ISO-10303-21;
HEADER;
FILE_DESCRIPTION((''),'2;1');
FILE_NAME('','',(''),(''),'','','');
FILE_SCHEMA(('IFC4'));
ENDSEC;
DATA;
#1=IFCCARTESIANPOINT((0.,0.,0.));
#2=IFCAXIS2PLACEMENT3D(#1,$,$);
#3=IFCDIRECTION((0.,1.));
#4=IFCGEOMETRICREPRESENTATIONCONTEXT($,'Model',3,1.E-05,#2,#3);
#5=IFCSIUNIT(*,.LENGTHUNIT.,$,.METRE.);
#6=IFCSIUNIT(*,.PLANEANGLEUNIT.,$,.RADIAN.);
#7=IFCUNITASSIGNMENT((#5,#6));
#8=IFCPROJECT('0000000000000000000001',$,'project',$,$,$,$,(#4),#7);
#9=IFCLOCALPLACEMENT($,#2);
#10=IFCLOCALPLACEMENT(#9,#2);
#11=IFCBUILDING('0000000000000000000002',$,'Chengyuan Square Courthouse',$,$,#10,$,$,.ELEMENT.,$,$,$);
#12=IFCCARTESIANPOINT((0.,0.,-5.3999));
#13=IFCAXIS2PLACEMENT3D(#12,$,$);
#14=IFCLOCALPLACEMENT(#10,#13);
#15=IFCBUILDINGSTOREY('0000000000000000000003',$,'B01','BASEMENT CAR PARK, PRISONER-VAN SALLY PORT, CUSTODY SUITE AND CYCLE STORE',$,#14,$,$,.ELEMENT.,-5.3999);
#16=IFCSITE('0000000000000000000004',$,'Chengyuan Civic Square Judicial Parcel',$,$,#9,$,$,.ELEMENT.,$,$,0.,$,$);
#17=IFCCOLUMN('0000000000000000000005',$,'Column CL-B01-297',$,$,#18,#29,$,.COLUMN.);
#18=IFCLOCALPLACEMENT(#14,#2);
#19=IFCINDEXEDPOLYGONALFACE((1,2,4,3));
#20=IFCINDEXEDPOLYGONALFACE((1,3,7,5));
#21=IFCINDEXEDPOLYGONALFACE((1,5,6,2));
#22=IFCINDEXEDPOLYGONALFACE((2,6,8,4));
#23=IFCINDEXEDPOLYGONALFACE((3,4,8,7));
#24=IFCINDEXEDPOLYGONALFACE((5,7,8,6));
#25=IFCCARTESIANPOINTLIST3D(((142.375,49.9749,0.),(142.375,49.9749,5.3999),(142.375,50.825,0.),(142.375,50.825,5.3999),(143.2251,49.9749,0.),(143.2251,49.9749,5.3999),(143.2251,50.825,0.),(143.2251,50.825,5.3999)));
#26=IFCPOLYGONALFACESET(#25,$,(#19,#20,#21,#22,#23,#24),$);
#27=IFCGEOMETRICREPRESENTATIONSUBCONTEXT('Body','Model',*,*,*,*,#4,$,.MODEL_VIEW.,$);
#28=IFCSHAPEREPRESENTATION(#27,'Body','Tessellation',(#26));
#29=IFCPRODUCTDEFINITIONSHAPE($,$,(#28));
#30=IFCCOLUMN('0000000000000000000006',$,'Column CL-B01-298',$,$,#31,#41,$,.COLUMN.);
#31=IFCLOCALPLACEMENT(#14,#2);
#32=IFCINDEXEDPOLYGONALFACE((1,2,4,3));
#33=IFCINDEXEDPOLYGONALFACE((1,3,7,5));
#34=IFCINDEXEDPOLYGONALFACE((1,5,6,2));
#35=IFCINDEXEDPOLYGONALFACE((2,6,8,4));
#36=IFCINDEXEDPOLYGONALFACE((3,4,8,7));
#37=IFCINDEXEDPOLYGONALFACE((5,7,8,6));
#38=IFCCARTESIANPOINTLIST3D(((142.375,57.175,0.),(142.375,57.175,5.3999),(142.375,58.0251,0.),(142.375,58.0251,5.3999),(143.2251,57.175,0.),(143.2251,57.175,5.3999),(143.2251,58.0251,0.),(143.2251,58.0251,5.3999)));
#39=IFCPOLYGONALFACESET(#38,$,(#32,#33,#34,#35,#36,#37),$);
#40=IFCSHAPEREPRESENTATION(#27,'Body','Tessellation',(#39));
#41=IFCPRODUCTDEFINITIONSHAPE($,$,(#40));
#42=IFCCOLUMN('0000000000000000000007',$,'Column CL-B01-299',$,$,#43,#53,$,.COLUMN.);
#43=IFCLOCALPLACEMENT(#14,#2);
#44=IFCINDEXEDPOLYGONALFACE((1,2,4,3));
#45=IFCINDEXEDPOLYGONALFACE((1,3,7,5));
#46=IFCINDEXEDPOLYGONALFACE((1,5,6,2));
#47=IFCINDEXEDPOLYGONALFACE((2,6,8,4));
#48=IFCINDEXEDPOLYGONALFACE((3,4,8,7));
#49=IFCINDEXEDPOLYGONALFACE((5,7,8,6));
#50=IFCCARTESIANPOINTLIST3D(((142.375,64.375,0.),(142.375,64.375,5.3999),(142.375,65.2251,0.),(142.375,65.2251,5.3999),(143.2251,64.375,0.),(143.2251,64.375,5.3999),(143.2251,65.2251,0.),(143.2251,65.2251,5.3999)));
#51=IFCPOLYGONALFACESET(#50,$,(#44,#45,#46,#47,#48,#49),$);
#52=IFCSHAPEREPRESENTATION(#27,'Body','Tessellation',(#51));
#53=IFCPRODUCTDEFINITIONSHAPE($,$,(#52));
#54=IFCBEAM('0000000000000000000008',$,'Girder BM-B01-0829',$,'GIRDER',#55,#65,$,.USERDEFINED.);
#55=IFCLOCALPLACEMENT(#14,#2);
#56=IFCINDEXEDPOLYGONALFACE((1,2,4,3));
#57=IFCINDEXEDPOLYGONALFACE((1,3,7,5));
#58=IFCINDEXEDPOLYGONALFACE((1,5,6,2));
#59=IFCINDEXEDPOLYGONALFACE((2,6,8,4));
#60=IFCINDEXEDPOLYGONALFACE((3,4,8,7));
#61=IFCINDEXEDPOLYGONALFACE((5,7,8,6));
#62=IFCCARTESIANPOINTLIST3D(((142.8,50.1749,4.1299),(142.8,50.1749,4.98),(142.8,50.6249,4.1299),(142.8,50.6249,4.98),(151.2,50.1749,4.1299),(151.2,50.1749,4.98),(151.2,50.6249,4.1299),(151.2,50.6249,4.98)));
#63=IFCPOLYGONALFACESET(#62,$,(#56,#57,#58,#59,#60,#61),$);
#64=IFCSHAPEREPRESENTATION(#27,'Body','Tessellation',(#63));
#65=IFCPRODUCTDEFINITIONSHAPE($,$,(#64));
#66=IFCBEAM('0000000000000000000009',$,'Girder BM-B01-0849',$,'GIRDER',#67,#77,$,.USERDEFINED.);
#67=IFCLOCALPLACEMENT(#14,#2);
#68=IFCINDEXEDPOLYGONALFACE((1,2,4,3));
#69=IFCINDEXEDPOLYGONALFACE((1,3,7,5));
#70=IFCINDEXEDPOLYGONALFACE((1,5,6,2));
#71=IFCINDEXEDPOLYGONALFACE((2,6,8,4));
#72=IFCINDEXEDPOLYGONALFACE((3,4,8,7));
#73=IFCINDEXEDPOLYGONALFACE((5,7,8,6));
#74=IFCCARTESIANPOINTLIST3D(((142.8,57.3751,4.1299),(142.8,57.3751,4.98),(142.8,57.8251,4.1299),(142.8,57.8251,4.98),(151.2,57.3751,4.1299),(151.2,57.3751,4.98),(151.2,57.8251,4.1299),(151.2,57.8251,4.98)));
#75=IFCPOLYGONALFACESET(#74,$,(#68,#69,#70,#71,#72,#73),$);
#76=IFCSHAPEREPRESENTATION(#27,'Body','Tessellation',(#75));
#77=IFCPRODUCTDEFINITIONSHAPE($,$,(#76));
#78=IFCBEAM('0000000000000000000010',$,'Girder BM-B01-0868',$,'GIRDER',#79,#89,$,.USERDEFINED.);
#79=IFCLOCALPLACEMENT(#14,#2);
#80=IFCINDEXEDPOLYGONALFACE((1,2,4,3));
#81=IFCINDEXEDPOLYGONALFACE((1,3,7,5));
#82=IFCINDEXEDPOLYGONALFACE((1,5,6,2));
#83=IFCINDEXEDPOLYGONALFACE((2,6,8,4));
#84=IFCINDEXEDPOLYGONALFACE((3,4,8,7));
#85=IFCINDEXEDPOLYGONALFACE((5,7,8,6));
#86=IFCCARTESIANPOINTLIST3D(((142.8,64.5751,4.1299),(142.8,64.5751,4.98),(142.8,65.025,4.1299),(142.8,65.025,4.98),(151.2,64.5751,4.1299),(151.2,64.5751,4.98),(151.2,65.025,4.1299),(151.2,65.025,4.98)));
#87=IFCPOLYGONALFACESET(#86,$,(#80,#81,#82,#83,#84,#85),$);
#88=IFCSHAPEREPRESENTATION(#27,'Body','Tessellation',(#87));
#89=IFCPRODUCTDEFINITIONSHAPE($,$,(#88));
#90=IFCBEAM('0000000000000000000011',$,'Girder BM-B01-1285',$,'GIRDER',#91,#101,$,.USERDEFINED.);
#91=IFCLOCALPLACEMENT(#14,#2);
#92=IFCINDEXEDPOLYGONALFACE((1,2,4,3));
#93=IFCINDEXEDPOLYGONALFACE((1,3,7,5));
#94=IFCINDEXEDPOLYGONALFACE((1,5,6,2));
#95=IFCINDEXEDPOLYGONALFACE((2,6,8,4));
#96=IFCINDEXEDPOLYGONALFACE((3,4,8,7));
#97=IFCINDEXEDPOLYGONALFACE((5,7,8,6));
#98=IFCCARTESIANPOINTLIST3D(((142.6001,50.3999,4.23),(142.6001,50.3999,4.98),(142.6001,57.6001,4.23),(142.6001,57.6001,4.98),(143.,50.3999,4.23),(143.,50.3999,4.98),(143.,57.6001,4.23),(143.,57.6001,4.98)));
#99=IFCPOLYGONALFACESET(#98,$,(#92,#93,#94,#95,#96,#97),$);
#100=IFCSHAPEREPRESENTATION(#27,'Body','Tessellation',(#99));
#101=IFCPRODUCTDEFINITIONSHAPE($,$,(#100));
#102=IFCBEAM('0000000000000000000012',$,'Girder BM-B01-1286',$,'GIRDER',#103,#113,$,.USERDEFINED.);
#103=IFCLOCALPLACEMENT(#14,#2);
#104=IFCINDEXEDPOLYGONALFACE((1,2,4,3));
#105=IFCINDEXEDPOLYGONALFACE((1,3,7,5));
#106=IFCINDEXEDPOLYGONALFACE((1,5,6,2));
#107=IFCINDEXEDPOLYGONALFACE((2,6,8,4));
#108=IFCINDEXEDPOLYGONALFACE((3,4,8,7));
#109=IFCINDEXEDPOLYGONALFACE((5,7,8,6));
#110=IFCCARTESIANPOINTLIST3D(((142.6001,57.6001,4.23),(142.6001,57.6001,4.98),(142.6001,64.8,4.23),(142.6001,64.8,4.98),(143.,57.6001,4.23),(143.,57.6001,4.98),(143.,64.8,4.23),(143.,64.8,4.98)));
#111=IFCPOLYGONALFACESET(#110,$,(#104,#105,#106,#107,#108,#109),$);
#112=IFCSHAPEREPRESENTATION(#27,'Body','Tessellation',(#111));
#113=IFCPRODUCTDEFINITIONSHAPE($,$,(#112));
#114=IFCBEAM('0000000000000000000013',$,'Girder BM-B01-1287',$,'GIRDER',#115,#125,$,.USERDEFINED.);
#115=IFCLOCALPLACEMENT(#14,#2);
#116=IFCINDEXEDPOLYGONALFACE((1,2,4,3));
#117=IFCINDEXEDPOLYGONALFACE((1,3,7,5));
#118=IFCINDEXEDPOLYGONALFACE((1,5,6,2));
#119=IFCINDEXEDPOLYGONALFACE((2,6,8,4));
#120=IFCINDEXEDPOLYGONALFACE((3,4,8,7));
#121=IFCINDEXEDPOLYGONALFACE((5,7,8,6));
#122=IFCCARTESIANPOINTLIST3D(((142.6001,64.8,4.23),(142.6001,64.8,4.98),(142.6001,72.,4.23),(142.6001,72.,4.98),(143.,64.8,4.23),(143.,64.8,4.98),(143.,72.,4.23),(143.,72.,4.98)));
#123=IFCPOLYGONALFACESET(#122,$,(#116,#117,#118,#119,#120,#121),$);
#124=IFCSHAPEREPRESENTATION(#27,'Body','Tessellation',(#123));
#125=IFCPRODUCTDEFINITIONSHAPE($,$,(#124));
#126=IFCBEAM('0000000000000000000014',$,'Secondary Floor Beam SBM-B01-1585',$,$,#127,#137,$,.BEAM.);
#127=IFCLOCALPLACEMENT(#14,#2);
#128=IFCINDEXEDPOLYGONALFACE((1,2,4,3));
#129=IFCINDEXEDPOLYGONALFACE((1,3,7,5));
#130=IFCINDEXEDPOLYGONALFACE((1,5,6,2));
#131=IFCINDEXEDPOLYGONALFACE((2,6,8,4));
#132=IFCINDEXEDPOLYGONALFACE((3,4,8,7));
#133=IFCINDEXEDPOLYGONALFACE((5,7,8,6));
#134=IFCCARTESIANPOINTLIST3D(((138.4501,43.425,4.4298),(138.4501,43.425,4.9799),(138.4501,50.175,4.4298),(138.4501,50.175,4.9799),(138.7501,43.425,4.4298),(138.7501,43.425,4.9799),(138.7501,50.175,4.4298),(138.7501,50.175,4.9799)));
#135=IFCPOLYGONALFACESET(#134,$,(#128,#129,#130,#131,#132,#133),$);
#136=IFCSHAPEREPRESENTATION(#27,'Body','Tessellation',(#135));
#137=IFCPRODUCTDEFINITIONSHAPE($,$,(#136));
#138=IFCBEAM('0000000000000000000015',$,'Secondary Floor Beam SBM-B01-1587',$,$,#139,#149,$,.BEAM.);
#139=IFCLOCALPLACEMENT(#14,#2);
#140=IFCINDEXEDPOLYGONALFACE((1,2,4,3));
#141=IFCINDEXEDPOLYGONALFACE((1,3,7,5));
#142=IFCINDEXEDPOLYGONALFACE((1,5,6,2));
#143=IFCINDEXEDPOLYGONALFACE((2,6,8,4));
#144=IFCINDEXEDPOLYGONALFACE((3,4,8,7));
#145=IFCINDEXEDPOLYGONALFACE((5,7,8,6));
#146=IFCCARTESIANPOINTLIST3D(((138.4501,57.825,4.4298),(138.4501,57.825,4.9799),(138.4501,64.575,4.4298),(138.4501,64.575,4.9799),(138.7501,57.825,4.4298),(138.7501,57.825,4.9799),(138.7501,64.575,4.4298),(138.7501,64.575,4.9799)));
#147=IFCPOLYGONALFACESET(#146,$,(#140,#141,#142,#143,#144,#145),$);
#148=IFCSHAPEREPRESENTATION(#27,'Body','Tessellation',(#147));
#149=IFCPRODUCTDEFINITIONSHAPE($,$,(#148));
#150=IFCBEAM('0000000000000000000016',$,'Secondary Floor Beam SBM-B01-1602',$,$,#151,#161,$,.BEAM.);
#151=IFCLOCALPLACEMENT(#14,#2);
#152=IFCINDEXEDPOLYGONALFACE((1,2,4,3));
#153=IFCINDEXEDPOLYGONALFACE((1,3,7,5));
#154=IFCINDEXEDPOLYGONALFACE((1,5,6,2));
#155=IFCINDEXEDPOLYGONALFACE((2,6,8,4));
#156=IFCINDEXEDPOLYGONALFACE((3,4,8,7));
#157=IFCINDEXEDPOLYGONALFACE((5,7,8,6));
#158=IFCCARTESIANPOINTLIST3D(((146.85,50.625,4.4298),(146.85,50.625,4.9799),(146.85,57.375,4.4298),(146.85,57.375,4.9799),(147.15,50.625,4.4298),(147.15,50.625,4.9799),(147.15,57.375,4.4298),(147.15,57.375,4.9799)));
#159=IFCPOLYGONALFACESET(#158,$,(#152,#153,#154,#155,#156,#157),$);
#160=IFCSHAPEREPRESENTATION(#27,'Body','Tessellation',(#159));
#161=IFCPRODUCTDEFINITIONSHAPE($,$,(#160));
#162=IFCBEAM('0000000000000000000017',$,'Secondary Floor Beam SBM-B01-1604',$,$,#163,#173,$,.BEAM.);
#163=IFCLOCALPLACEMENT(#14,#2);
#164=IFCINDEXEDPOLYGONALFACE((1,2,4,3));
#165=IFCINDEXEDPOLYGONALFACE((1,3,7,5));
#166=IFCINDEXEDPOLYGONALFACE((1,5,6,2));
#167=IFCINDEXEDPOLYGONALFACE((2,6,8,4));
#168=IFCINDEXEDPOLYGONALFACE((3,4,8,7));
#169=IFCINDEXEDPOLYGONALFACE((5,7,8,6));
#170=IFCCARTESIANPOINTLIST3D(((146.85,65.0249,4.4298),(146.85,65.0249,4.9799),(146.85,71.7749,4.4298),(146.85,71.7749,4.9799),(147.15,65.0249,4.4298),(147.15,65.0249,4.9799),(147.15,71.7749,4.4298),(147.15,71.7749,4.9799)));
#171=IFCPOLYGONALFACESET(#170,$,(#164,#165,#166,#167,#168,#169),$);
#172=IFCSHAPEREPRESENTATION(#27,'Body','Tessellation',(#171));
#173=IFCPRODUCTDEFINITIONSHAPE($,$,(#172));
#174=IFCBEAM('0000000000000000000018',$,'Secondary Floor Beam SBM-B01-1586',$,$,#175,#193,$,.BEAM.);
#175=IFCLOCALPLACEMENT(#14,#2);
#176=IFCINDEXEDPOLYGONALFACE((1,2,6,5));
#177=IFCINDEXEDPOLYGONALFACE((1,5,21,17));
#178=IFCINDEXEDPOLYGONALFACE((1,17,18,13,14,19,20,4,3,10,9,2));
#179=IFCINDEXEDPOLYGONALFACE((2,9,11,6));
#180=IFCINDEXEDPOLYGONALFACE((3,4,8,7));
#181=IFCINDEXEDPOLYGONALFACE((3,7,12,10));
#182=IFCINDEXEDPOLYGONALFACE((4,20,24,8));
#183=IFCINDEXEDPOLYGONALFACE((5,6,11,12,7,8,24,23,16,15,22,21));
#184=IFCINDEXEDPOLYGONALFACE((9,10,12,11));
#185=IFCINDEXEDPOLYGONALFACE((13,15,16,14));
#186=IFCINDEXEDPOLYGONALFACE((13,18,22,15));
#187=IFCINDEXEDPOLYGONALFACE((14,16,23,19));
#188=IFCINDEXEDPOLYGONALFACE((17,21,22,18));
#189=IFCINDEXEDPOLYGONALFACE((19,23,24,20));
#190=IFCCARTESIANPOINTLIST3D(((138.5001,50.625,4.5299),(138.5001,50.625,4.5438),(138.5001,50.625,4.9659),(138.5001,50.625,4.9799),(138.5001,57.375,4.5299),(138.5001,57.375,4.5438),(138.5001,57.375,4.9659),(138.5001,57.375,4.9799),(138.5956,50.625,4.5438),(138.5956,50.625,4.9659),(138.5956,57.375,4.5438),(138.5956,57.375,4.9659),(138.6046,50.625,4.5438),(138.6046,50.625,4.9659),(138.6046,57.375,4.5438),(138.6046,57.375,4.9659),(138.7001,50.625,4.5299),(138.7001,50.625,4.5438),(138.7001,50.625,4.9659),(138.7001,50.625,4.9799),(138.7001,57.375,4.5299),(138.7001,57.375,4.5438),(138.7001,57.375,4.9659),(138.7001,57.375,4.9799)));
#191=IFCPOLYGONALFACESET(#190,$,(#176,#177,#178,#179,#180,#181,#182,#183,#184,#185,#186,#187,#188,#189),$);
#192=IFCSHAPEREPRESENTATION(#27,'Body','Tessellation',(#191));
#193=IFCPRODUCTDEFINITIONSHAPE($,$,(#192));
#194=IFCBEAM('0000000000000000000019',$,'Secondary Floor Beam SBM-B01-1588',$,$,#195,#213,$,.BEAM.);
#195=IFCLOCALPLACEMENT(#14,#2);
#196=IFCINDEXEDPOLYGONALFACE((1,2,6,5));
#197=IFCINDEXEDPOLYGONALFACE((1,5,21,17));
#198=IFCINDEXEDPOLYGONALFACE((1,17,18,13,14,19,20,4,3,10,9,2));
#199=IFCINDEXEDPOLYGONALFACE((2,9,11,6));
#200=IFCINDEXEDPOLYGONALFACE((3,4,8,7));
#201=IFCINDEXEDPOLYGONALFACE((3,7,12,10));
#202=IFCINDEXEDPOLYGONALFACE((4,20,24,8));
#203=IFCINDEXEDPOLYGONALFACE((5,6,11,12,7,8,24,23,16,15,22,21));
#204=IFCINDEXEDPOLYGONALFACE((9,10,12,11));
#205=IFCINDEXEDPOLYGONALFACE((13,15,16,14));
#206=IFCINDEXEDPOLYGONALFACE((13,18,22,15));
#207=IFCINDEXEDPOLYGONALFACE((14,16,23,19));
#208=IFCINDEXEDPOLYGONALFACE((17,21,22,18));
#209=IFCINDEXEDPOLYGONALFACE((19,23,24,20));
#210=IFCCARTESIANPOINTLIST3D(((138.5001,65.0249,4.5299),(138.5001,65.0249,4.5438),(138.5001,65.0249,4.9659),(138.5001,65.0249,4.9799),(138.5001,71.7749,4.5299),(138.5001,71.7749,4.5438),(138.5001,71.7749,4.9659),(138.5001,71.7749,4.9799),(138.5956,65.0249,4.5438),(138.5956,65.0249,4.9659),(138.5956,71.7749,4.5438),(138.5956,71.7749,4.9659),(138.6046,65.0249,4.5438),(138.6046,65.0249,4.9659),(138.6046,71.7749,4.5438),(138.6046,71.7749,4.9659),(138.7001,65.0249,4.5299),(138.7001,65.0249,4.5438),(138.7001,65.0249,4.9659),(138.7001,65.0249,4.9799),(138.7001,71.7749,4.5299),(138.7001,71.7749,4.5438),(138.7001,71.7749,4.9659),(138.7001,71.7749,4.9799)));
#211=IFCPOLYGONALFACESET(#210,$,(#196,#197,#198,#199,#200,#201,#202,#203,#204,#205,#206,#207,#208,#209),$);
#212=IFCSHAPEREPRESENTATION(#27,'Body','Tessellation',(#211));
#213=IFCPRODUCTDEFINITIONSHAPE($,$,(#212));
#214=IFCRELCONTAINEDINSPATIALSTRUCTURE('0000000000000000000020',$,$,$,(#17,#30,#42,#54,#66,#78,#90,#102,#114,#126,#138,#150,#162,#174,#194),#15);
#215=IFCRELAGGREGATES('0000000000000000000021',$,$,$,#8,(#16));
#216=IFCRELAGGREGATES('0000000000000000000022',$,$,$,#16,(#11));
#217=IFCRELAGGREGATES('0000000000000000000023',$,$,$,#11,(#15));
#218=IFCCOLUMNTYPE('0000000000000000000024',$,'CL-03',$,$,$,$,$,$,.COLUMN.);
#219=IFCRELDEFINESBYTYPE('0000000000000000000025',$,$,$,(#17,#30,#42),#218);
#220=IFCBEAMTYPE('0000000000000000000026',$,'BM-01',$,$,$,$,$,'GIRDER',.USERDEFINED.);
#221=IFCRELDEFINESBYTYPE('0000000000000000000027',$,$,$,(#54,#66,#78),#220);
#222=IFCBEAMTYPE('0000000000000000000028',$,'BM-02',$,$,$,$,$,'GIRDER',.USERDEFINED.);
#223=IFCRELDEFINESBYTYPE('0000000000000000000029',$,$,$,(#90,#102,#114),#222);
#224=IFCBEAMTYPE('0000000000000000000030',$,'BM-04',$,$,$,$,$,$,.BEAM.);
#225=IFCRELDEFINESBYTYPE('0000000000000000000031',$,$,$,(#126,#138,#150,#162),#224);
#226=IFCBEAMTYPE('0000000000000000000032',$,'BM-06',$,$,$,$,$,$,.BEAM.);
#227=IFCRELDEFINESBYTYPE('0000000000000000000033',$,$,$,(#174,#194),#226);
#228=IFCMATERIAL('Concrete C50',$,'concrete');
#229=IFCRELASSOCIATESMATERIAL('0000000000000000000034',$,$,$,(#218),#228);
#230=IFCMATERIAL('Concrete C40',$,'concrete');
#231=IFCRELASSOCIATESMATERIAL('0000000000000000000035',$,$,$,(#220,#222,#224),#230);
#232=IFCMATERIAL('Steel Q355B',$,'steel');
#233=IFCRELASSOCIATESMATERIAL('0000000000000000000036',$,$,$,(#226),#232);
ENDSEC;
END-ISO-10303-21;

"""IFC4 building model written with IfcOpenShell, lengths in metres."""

from ifc_helpers import new_model, si_unit, direction, frame, origin, origin_2d, place, context, subcontext, project, spatial, rectangle, i_section, extrude, material, material_profile, profile_set, type_object, element, save


model = new_model("IFC4")

# Units and contexts
model_context = context("Model", 3, precision=1e-05, world=origin(), true_north=direction((0.0, 1.0)))
body_context = subcontext(model_context, "Body", "Model", "MODEL_VIEW")
ifc_project = project(units=[si_unit("LENGTHUNIT", "METRE"), si_unit("PLANEANGLEUNIT", "RADIAN")], contexts=[model_context])

# Site, building, storey
site_placement = place(None, origin())
site = spatial("IfcSite", under=ifc_project, at=site_placement, Name="Chengyuan Civic Square Judicial Parcel", CompositionType="ELEMENT", RefElevation=0.0)
building_placement = place(site_placement, origin())
building = spatial("IfcBuilding", under=site, at=building_placement, Name="Chengyuan Square Courthouse", CompositionType="ELEMENT")
storey_placement = place(building_placement, frame((0.0, 0.0, -5.3999)))
storey = spatial("IfcBuildingStorey", under=building, at=storey_placement, Name="B01", Description="BASEMENT CAR PARK, PRISONER-VAN SALLY PORT, CUSTODY SUITE AND CYCLE STORE", CompositionType="ELEMENT", Elevation=-5.3999)

# Columns
ifc_material_1 = material(Name="Concrete C50", Category="concrete")
ifc_material_profile_1 = material_profile(ifc_material_1, rectangle(XDim=0.8501, YDim=0.8501, at=origin_2d()), Name="RC-COL-850x850")
ifc_profile_set_1 = profile_set([ifc_material_profile_1], Name="Concrete C50")
column_type = type_object("IfcColumnType", Name="CL-03", PredefinedType="COLUMN", material=ifc_profile_set_1)
for number, where, z_axis, x_axis, name in (
    (1, (142.8, 50.3999, 0.0), (0.0, 0.0, 1.0), (1.0, 0.0, 0.0), "Column CL-B01-297"),
    (2, (142.8, 57.6001, 0.0), (0.0, 0.0, 1.0), (1.0, 0.0, 0.0), "Column CL-B01-298"),
    (3, (142.8, 64.8, 0.0), (0.0, 0.0, 1.0), (1.0, 0.0, 0.0), "Column CL-B01-299"),
):
    element("IfcColumn", number, at=place(storey_placement, frame(where, z_axis=z_axis, x_axis=x_axis)), inside=storey, type_object=column_type, Name=name, PredefinedType="COLUMN", context=body_context, shape_type="SweptSolid", body=[
        extrude(rectangle(XDim=0.8501, YDim=0.8501, at=origin_2d()), origin(), (0.0, 0.0, 1.0), 5.3999),
    ])

# Beams
ifc_material_2 = material(Name="Concrete C40", Category="concrete")
ifc_material_profile_2 = material_profile(ifc_material_2, rectangle(XDim=0.45, YDim=0.8501, at=origin_2d()), Name="RC-BM-450x850")
ifc_profile_set_2 = profile_set([ifc_material_profile_2], Name="Concrete C40")
beam_type_1 = type_object("IfcBeamType", Name="BM-01", ElementType="GIRDER", PredefinedType="USERDEFINED", material=ifc_profile_set_2)
for number, where, z_axis, x_axis, name in (
    (4, (142.8, 50.3999, 4.5549), (1.0, 0.0, 0.0), (0.0, 1.0, 0.0), "Girder BM-B01-0829"),
    (5, (142.8, 57.6001, 4.5549), (1.0, 0.0, 0.0), (0.0, 1.0, 0.0), "Girder BM-B01-0849"),
    (6, (142.8, 64.8, 4.5549), (1.0, 0.0, 0.0), (0.0, 1.0, 0.0), "Girder BM-B01-0868"),
):
    element("IfcBeam", number, at=place(storey_placement, frame(where, z_axis=z_axis, x_axis=x_axis)), inside=storey, type_object=beam_type_1, Name=name, ObjectType="GIRDER", PredefinedType="USERDEFINED", context=body_context, shape_type="SweptSolid", body=[
        extrude(rectangle(XDim=0.45, YDim=0.8501, at=origin_2d()), origin(), (0.0, 0.0, 1.0), 8.3999),
    ])
ifc_material_profile_3 = material_profile(ifc_material_2, rectangle(XDim=0.3999, YDim=0.75, at=origin_2d()), Name="RC-BM-400x750")
ifc_profile_set_3 = profile_set([ifc_material_profile_3], Name="Concrete C40")
beam_type_2 = type_object("IfcBeamType", Name="BM-02", ElementType="GIRDER", PredefinedType="USERDEFINED", material=ifc_profile_set_3)
beam_placement = place(storey_placement, frame((142.8, 50.3999, 4.605), z_axis=(0.0, 1.0, 0.0), x_axis=(-1.0, 0.0, 0.0)))
element("IfcBeam", 7, at=beam_placement, inside=storey, type_object=beam_type_2, Name="Girder BM-B01-1285", ObjectType="GIRDER", PredefinedType="USERDEFINED", context=body_context, shape_type="SweptSolid", body=[
    extrude(rectangle(XDim=0.3999, YDim=0.75, at=origin_2d()), origin(), (0.0, 0.0, 1.0), 7.2002),
])
for number, where, z_axis, x_axis, name in (
    (8, (142.8, 57.6001, 4.605), (0.0, 1.0, 0.0), (-1.0, 0.0, 0.0), "Girder BM-B01-1286"),
    (9, (142.8, 64.8, 4.605), (0.0, 1.0, 0.0), (-1.0, 0.0, 0.0), "Girder BM-B01-1287"),
):
    element("IfcBeam", number, at=place(storey_placement, frame(where, z_axis=z_axis, x_axis=x_axis)), inside=storey, type_object=beam_type_2, Name=name, ObjectType="GIRDER", PredefinedType="USERDEFINED", context=body_context, shape_type="SweptSolid", body=[
        extrude(rectangle(XDim=0.3999, YDim=0.75, at=origin_2d()), origin(), (0.0, 0.0, 1.0), 7.2),
    ])
ifc_material_profile_4 = material_profile(ifc_material_2, rectangle(XDim=0.3, YDim=0.55, at=origin_2d()), Name="RC-BM-300x550")
ifc_profile_set_4 = profile_set([ifc_material_profile_4], Name="Concrete C40")
beam_type_3 = type_object("IfcBeamType", Name="BM-04", PredefinedType="BEAM", material=ifc_profile_set_4)
for number, where, z_axis, x_axis, name in (
    (10, (138.6001, 43.425, 4.7048), (0.0, 1.0, 0.0), (-1.0, 0.0, 0.0), "Secondary Floor Beam SBM-B01-1585"),
    (11, (138.6001, 57.825, 4.7048), (0.0, 1.0, 0.0), (-1.0, 0.0, 0.0), "Secondary Floor Beam SBM-B01-1587"),
    (12, (147.0, 50.625, 4.7048), (0.0, 1.0, 0.0), (-1.0, 0.0, 0.0), "Secondary Floor Beam SBM-B01-1602"),
    (13, (147.0, 65.0249, 4.7048), (0.0, 1.0, 0.0), (-1.0, 0.0, 0.0), "Secondary Floor Beam SBM-B01-1604"),
):
    element("IfcBeam", number, at=place(storey_placement, frame(where, z_axis=z_axis, x_axis=x_axis)), inside=storey, type_object=beam_type_3, Name=name, PredefinedType="BEAM", context=body_context, shape_type="SweptSolid", body=[
        extrude(rectangle(XDim=0.3, YDim=0.55, at=origin_2d()), origin(), (0.0, 0.0, 1.0), 6.75),
    ])
ifc_material_3 = material(Name="Steel Q355B", Category="steel")
ifc_material_profile_5 = material_profile(ifc_material_3, i_section(OverallWidth=0.2, OverallDepth=0.45, WebThickness=0.009, FlangeThickness=0.0139, at=origin_2d()), Name="HN 450x200x9x14")
ifc_profile_set_5 = profile_set([ifc_material_profile_5], Name="Steel Q355B")
beam_type_4 = type_object("IfcBeamType", Name="BM-06", PredefinedType="BEAM", material=ifc_profile_set_5)
for number, where, z_axis, x_axis, name in (
    (14, (138.6001, 50.625, 4.7549), (0.0, 1.0, 0.0), (-1.0, 0.0, 0.0), "Secondary Floor Beam SBM-B01-1586"),
    (15, (138.6001, 65.0249, 4.7549), (0.0, 1.0, 0.0), (-1.0, 0.0, 0.0), "Secondary Floor Beam SBM-B01-1588"),
):
    element("IfcBeam", number, at=place(storey_placement, frame(where, z_axis=z_axis, x_axis=x_axis)), inside=storey, type_object=beam_type_4, Name=name, PredefinedType="BEAM", context=body_context, shape_type="SweptSolid", body=[
        extrude(i_section(OverallWidth=0.2, OverallDepth=0.45, WebThickness=0.009, FlangeThickness=0.0139, at=origin_2d()), origin(), (0.0, 0.0, 1.0), 6.75),
    ])

save(model, "model.ifc")
